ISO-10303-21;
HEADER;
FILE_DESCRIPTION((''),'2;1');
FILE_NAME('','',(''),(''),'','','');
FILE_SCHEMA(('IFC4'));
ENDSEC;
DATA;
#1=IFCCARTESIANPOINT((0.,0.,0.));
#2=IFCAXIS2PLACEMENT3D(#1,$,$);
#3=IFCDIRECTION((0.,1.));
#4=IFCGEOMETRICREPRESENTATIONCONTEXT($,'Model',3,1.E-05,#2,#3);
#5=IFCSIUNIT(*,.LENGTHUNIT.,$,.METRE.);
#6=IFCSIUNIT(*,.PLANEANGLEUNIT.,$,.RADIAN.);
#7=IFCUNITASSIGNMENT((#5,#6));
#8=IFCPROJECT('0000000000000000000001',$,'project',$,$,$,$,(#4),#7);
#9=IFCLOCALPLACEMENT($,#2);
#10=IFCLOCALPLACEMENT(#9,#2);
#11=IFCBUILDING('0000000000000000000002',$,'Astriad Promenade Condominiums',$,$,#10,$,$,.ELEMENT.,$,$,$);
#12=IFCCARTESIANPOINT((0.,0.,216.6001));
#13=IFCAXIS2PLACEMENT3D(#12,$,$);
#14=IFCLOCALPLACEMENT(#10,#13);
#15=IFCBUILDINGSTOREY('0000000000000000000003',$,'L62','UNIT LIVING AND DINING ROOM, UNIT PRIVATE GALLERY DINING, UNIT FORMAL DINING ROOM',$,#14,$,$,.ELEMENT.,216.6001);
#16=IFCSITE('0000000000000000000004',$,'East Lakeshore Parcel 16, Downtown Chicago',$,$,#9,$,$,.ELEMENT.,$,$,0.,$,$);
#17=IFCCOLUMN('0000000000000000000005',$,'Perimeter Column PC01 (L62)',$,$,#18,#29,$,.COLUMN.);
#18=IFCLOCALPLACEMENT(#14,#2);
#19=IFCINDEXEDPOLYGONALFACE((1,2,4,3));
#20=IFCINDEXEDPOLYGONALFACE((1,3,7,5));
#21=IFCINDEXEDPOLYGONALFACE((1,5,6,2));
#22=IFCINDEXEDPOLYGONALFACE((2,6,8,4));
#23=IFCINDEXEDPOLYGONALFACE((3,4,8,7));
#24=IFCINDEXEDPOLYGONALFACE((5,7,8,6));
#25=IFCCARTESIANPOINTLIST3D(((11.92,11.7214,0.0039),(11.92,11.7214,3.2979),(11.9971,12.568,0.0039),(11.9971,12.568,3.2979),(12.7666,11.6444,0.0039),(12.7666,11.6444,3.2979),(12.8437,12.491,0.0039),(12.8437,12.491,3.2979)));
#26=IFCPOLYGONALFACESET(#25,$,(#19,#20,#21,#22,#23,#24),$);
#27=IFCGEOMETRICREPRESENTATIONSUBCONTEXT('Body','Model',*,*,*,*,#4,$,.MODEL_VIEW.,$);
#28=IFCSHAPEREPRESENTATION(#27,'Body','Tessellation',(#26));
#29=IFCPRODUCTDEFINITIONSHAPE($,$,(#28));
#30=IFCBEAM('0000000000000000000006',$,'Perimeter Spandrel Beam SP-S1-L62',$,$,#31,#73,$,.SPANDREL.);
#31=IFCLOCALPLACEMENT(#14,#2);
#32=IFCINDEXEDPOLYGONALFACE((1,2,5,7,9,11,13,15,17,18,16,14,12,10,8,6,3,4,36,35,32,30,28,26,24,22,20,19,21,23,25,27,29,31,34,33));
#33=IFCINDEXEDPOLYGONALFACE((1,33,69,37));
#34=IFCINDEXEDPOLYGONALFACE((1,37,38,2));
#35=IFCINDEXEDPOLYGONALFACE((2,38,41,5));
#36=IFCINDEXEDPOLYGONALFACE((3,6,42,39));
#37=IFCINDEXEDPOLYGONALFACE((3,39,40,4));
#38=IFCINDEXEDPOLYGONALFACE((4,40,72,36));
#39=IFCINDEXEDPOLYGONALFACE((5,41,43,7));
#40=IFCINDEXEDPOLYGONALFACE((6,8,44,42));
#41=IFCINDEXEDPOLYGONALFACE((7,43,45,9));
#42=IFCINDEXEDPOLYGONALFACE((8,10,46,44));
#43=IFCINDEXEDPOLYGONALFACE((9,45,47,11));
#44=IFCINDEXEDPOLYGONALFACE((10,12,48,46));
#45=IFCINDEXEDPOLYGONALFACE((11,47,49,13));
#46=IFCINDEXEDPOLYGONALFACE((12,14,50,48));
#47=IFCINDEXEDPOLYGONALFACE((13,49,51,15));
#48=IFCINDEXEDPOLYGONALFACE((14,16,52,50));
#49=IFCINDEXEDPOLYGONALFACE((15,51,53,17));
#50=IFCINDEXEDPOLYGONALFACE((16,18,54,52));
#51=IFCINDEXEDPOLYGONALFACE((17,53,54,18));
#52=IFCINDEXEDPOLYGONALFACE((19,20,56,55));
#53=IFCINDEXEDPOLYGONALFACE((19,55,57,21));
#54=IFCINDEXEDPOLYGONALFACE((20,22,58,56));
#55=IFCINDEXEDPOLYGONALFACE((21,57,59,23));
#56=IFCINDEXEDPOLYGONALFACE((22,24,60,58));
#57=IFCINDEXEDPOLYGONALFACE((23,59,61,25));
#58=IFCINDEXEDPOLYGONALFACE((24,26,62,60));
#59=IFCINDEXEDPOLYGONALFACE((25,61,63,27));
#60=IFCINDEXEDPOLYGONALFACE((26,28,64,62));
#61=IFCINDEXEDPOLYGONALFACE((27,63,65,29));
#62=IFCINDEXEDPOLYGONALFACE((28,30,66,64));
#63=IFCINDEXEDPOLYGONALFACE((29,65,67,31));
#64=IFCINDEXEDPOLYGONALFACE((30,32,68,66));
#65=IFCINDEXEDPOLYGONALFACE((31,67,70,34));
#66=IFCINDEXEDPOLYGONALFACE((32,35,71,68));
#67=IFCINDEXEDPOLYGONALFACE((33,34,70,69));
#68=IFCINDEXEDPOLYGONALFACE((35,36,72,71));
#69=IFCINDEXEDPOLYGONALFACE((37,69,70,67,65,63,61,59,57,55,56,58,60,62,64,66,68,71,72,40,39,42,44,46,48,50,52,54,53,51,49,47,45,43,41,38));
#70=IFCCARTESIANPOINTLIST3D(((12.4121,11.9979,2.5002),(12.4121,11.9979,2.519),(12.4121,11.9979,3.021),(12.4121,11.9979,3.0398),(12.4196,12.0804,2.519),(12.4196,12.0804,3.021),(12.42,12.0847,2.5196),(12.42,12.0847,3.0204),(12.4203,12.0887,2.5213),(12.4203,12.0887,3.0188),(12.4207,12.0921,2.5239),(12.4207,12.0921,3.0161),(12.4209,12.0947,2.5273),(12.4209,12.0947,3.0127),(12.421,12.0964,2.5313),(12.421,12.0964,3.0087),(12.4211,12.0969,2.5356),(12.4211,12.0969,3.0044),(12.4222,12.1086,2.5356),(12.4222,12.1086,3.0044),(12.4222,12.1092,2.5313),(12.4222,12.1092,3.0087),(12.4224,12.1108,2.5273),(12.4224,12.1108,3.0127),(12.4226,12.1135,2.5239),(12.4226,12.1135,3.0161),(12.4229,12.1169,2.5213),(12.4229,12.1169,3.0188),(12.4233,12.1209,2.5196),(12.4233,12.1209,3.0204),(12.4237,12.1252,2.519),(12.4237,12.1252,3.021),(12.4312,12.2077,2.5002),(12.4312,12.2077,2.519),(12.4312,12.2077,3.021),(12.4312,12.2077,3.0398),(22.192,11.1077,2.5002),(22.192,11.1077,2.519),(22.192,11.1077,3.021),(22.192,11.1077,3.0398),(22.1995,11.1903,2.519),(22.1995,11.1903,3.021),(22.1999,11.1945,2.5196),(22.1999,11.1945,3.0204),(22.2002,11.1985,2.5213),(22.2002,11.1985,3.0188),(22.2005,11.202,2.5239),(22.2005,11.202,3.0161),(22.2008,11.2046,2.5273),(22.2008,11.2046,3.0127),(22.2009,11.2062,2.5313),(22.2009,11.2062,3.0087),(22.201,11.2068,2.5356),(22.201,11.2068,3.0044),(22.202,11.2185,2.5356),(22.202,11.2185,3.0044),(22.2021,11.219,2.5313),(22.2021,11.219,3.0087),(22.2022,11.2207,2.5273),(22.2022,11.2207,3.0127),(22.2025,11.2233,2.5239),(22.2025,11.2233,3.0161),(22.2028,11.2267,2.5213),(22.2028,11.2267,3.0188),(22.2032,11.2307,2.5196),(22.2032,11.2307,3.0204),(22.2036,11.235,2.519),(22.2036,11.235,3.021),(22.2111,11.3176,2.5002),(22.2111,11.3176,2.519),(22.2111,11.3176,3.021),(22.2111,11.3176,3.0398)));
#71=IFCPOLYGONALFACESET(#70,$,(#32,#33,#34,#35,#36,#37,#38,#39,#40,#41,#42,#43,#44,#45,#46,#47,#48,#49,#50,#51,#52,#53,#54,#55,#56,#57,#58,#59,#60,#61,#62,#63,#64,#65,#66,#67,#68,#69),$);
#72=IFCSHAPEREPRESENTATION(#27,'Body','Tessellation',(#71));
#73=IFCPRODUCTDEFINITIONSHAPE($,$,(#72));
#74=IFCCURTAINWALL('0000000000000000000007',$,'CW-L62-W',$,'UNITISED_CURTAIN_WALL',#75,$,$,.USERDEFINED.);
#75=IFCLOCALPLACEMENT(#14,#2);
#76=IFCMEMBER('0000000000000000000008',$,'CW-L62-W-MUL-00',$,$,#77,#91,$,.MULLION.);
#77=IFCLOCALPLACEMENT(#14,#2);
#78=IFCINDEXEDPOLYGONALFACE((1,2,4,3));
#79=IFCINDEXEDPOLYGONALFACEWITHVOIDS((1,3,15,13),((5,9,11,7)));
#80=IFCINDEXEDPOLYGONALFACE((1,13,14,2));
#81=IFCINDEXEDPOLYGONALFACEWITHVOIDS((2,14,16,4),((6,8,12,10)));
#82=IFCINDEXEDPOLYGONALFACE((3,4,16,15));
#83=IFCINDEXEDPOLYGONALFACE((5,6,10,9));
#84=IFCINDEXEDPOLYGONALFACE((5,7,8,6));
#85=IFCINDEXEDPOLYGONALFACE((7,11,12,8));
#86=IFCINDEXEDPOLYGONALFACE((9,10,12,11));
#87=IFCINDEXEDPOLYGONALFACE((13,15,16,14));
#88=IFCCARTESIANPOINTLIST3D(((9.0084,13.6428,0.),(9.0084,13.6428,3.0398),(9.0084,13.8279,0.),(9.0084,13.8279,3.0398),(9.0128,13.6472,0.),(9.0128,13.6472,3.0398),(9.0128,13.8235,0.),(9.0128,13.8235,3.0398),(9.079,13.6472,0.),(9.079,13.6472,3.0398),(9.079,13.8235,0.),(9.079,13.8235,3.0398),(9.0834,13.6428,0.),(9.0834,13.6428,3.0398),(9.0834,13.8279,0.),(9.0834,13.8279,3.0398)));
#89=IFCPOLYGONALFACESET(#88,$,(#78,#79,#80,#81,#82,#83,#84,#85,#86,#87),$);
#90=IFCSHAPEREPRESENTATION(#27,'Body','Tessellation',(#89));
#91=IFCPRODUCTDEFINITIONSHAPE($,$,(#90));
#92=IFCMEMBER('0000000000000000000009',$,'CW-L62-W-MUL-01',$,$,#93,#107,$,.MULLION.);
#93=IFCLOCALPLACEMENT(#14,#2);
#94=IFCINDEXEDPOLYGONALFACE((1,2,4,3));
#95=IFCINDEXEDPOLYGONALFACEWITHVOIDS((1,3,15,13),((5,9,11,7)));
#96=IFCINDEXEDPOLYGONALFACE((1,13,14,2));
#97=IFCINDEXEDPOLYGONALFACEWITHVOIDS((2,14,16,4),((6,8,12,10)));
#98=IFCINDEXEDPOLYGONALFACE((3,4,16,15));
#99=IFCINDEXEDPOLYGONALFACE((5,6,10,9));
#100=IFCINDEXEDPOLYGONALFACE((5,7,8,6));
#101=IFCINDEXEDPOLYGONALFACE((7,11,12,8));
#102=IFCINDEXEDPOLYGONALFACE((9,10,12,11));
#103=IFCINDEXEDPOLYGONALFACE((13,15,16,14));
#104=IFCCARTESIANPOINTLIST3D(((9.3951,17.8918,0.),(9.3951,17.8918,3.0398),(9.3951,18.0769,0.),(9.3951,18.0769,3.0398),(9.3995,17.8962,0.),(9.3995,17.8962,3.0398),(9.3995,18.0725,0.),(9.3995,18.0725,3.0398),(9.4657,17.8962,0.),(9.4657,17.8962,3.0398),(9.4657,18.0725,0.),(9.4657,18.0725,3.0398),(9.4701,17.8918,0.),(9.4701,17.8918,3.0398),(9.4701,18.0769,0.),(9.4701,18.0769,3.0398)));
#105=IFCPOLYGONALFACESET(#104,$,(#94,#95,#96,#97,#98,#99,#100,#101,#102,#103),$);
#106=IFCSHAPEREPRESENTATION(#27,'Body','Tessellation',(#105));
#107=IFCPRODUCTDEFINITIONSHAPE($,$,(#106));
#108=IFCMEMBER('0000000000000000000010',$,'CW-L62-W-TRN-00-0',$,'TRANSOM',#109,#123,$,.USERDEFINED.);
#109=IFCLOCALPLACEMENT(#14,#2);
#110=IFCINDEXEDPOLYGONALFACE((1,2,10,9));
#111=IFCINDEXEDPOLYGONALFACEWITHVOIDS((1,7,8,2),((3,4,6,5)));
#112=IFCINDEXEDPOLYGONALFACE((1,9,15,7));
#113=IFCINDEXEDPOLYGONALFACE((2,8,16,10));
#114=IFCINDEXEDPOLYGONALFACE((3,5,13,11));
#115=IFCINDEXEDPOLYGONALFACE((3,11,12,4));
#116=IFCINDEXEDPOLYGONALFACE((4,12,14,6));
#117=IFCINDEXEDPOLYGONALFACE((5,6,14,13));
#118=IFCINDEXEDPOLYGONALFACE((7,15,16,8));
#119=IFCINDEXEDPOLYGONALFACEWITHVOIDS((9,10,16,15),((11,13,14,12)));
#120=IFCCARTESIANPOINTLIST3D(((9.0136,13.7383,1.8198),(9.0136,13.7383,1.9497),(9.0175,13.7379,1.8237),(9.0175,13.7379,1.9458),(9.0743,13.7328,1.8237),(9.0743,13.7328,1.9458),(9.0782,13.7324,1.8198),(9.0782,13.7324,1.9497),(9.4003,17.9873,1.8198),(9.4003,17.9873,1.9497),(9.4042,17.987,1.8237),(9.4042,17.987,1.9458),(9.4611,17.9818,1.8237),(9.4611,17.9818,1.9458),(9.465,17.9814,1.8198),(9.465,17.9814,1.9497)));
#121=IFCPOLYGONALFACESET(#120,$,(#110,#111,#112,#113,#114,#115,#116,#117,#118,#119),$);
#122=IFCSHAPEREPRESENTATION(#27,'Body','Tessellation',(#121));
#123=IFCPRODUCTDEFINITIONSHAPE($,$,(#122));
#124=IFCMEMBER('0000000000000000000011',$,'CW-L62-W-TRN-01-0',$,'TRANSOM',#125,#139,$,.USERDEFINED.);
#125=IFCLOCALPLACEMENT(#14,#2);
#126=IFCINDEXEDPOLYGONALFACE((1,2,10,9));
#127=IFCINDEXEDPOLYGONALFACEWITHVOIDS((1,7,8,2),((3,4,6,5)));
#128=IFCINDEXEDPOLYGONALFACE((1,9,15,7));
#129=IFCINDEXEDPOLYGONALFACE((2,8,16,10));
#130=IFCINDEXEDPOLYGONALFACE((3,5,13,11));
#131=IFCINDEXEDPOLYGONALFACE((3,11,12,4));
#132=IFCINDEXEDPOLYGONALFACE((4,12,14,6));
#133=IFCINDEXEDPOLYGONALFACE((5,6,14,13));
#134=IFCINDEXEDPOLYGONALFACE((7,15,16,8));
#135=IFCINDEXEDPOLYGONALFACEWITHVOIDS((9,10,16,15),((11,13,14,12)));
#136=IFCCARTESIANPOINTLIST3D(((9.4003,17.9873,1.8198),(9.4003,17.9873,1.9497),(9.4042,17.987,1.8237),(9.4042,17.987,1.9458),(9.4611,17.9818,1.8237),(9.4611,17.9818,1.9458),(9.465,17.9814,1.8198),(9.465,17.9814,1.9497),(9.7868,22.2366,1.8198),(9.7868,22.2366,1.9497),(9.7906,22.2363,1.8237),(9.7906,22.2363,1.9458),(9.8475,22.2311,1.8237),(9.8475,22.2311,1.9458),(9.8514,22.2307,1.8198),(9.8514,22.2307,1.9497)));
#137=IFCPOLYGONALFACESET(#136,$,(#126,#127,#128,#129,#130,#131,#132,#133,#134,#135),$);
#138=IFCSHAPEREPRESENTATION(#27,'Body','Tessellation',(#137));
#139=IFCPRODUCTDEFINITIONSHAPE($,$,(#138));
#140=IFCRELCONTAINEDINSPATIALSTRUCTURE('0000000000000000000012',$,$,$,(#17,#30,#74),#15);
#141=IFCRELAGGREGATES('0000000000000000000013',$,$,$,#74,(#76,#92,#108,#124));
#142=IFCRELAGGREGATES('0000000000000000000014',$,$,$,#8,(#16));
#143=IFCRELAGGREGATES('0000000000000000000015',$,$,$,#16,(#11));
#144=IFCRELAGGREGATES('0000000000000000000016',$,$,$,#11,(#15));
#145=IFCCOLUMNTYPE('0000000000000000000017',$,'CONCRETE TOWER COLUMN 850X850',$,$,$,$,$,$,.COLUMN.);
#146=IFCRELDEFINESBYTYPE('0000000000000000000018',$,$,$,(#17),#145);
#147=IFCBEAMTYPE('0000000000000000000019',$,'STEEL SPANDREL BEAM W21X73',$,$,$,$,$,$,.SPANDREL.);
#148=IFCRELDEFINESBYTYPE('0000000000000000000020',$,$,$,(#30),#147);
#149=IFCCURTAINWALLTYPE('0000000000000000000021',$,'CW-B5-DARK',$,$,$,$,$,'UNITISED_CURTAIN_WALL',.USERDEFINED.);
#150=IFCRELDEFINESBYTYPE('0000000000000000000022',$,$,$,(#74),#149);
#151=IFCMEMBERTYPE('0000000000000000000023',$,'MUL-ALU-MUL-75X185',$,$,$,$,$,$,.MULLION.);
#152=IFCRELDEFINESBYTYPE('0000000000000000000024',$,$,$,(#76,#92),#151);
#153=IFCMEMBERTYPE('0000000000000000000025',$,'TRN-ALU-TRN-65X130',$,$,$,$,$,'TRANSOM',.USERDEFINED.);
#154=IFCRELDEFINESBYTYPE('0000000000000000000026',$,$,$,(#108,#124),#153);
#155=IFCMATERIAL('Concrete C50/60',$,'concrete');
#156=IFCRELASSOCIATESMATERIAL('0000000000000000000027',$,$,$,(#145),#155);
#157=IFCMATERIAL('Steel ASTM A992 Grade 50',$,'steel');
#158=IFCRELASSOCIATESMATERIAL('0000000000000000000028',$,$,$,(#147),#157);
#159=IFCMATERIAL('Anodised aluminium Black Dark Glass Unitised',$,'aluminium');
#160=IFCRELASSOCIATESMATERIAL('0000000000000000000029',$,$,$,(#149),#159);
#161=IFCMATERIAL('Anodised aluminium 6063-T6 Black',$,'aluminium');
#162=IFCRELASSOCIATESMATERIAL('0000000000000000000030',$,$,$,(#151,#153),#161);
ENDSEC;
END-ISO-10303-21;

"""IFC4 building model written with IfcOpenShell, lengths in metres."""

from ifc_helpers import new_model, si_unit, direction, frame, origin, origin_2d, place, context, subcontext, project, spatial, rectangle, hollow_rectangle, i_section, extrude, source, transform, mapped, material, material_profile, profile_set, type_object, type_shapes, element, aggregate, save


model = new_model("IFC4")

# Units and contexts
model_context = context("Model", 3, precision=1e-05, world=origin(), true_north=direction((0.0, 1.0)))
body_context = subcontext(model_context, "Body", "Model", "MODEL_VIEW")
ifc_project = project(units=[si_unit("LENGTHUNIT", "METRE"), si_unit("PLANEANGLEUNIT", "RADIAN")], contexts=[model_context])

# Site, building, storey
site_placement = place(None, origin())
site = spatial("IfcSite", under=ifc_project, at=site_placement, Name="East Lakeshore Parcel 16, Downtown Chicago", CompositionType="ELEMENT", RefElevation=0.0)
building_placement = place(site_placement, origin())
building = spatial("IfcBuilding", under=site, at=building_placement, Name="Astriad Promenade Condominiums", CompositionType="ELEMENT")
storey_placement = place(building_placement, frame((0.0, 0.0, 216.6001)))
storey = spatial("IfcBuildingStorey", under=building, at=storey_placement, Name="L62", Description="UNIT LIVING AND DINING ROOM, UNIT PRIVATE GALLERY DINING, UNIT FORMAL DINING ROOM", CompositionType="ELEMENT", Elevation=216.6001)

# Column
ifc_material_1 = material(Name="Concrete C50/60", Category="concrete")
ifc_material_profile_1 = material_profile(ifc_material_1, rectangle(XDim=0.8501, YDim=0.8501, at=origin_2d()), Name="RC-COL-850X850")
ifc_profile_set_1 = profile_set([ifc_material_profile_1], Name="Concrete C50/60")
column_type = type_object("IfcColumnType", Name="CONCRETE TOWER COLUMN 850X850", PredefinedType="COLUMN", material=ifc_profile_set_1)
shared_shape_1 = source(origin(), body_context, "Body", "SweptSolid", [
    extrude(rectangle(XDim=0.8501, YDim=0.8501, at=origin_2d()), origin(), (0.0, 0.0, 1.0), 3.2939),
])
type_shapes(column_type, [shared_shape_1])
column_placement = place(storey_placement, frame((12.3818, 12.1062, 0.0039), z_axis=(0.0, 0.0, 1.0), x_axis=(0.995884, -0.090633, 0.0)))
element("IfcColumn", 1, at=column_placement, inside=storey, type_object=column_type, Name="Perimeter Column PC01 (L62)", PredefinedType="COLUMN", context=body_context, shape_type="MappedRepresentation", body=[
    mapped(shared_shape_1, transform((0.0, 0.0, 0.0), scale=1.0)),
])

# Beam
ifc_material_2 = material(Name="Steel ASTM A992 Grade 50", Category="steel")
ifc_material_profile_2 = material_profile(ifc_material_2, i_section(OverallWidth=0.2107, OverallDepth=0.5396, WebThickness=0.0117, FlangeThickness=0.0188, FilletRadius=0.0166, at=origin_2d()), Name="W21X73")
ifc_profile_set_2 = profile_set([ifc_material_profile_2], Name="Steel ASTM A992 Grade 50")
beam_type = type_object("IfcBeamType", Name="STEEL SPANDREL BEAM W21X73", PredefinedType="SPANDREL", material=ifc_profile_set_2)
shared_shape_2 = source(origin(), body_context, "Body", "SweptSolid", [
    extrude(i_section(OverallWidth=0.2107, OverallDepth=0.5396, WebThickness=0.0117, FlangeThickness=0.0188, FilletRadius=0.0166, at=origin_2d()), origin(), (0.0, 0.0, 1.0), 9.8203),
])
type_shapes(beam_type, [shared_shape_2])
beam_placement = place(storey_placement, frame((12.4216, 12.1028, 2.77), z_axis=(0.995883, -0.090643, 0.0), x_axis=(0.090643, 0.995883, 0.0)))
element("IfcBeam", 2, at=beam_placement, inside=storey, type_object=beam_type, Name="Perimeter Spandrel Beam SP-S1-L62", PredefinedType="SPANDREL", context=body_context, shape_type="MappedRepresentation", body=[
    mapped(shared_shape_2, transform((0.0, 0.0, 0.0), scale=1.0)),
])

# Curtain wall, members
ifc_material_3 = material(Name="Anodised aluminium Black Dark Glass Unitised", Category="aluminium")
curtain_wall_type = type_object("IfcCurtainWallType", Name="CW-B5-DARK", ElementType="UNITISED_CURTAIN_WALL", PredefinedType="USERDEFINED", material=ifc_material_3)
curtain_wall_placement = place(storey_placement, origin())
curtain_wall = element("IfcCurtainWall", 3, at=curtain_wall_placement, inside=storey, type_object=curtain_wall_type, Name="CW-L62-W", ObjectType="UNITISED_CURTAIN_WALL", PredefinedType="USERDEFINED")
ifc_material_4 = material(Name="Anodised aluminium 6063-T6 Black", Category="aluminium")
ifc_material_profile_3 = material_profile(ifc_material_4, hollow_rectangle(XDim=0.075, YDim=0.1851, WallThickness=0.0044, at=origin_2d()), Name="ALU-MUL-75X185")
ifc_profile_set_3 = profile_set([ifc_material_profile_3], Name="Anodised aluminium 6063-T6 Black")
member_type_1 = type_object("IfcMemberType", Name="MUL-ALU-MUL-75X185", PredefinedType="MULLION", material=ifc_profile_set_3)
shared_shape_3 = source(origin(), body_context, "Body", "SweptSolid", [
    extrude(hollow_rectangle(XDim=0.075, YDim=0.1851, WallThickness=0.0044, at=origin_2d()), origin(), (0.0, 0.0, 1.0), 3.0398),
])
type_shapes(member_type_1, [shared_shape_3])
member_1_placement = place(storey_placement, frame((9.0459, 13.7354, 0.0), z_axis=(0.0, 0.0, 1.0), x_axis=(1.0, 0.0, 0.0)))
member_1 = element("IfcMember", 4, at=member_1_placement, type_object=member_type_1, Name="CW-L62-W-MUL-00", PredefinedType="MULLION", context=body_context, shape_type="MappedRepresentation", body=[
    mapped(shared_shape_3, transform((0.0, 0.0, 0.0), scale=1.0)),
])
member_2_placement = place(storey_placement, frame((9.4326, 17.9844, 0.0), z_axis=(0.0, 0.0, 1.0), x_axis=(1.0, 0.0, 0.0)))
member_2 = element("IfcMember", 5, at=member_2_placement, type_object=member_type_1, Name="CW-L62-W-MUL-01", PredefinedType="MULLION", context=body_context, shape_type="MappedRepresentation", body=[
    mapped(shared_shape_3, transform((0.0, 0.0, 0.0), scale=1.0)),
])
ifc_material_profile_4 = material_profile(ifc_material_4, hollow_rectangle(XDim=0.0649, YDim=0.1299, WallThickness=0.0039, at=origin_2d()), Name="ALU-TRN-65X130")
ifc_profile_set_4 = profile_set([ifc_material_profile_4], Name="Anodised aluminium 6063-T6 Black")
member_type_2 = type_object("IfcMemberType", Name="TRN-ALU-TRN-65X130", ElementType="TRANSOM", PredefinedType="USERDEFINED", material=ifc_profile_set_4)
shared_shape_4 = source(origin(), body_context, "Body", "SweptSolid", [
    extrude(hollow_rectangle(XDim=0.0649, YDim=0.1299, WallThickness=0.0039, at=origin_2d()), origin(), (0.0, 0.0, 1.0), 4.2666),
])
member_3_placement = place(storey_placement, frame((9.0459, 13.7354, 1.8848), z_axis=(0.090639, 0.995884, 0.0), x_axis=(-0.995884, 0.090639, 0.0)))
member_3 = element("IfcMember", 6, at=member_3_placement, type_object=member_type_2, Name="CW-L62-W-TRN-00-0", ObjectType="TRANSOM", PredefinedType="USERDEFINED", context=body_context, shape_type="MappedRepresentation", body=[
    mapped(shared_shape_4, transform((0.0, 0.0, 0.0), scale=1.0)),
])
shared_shape_5 = source(origin(), body_context, "Body", "SweptSolid", [
    extrude(hollow_rectangle(XDim=0.0649, YDim=0.1299, WallThickness=0.0039, at=origin_2d()), origin(), (0.0, 0.0, 1.0), 4.2668),
])
type_shapes(member_type_2, [shared_shape_4, shared_shape_5])
member_4_placement = place(storey_placement, frame((9.4326, 17.9844, 1.8848), z_axis=(0.090577, 0.995889, 0.0), x_axis=(-0.995889, 0.090577, 0.0)))
member_4 = element("IfcMember", 7, at=member_4_placement, type_object=member_type_2, Name="CW-L62-W-TRN-01-0", ObjectType="TRANSOM", PredefinedType="USERDEFINED", context=body_context, shape_type="MappedRepresentation", body=[
    mapped(shared_shape_5, transform((0.0, 0.0, 0.0), scale=1.0)),
])

aggregate(curtain_wall, [member_1, member_2, member_3, member_4])

save(model, "model.ifc")
